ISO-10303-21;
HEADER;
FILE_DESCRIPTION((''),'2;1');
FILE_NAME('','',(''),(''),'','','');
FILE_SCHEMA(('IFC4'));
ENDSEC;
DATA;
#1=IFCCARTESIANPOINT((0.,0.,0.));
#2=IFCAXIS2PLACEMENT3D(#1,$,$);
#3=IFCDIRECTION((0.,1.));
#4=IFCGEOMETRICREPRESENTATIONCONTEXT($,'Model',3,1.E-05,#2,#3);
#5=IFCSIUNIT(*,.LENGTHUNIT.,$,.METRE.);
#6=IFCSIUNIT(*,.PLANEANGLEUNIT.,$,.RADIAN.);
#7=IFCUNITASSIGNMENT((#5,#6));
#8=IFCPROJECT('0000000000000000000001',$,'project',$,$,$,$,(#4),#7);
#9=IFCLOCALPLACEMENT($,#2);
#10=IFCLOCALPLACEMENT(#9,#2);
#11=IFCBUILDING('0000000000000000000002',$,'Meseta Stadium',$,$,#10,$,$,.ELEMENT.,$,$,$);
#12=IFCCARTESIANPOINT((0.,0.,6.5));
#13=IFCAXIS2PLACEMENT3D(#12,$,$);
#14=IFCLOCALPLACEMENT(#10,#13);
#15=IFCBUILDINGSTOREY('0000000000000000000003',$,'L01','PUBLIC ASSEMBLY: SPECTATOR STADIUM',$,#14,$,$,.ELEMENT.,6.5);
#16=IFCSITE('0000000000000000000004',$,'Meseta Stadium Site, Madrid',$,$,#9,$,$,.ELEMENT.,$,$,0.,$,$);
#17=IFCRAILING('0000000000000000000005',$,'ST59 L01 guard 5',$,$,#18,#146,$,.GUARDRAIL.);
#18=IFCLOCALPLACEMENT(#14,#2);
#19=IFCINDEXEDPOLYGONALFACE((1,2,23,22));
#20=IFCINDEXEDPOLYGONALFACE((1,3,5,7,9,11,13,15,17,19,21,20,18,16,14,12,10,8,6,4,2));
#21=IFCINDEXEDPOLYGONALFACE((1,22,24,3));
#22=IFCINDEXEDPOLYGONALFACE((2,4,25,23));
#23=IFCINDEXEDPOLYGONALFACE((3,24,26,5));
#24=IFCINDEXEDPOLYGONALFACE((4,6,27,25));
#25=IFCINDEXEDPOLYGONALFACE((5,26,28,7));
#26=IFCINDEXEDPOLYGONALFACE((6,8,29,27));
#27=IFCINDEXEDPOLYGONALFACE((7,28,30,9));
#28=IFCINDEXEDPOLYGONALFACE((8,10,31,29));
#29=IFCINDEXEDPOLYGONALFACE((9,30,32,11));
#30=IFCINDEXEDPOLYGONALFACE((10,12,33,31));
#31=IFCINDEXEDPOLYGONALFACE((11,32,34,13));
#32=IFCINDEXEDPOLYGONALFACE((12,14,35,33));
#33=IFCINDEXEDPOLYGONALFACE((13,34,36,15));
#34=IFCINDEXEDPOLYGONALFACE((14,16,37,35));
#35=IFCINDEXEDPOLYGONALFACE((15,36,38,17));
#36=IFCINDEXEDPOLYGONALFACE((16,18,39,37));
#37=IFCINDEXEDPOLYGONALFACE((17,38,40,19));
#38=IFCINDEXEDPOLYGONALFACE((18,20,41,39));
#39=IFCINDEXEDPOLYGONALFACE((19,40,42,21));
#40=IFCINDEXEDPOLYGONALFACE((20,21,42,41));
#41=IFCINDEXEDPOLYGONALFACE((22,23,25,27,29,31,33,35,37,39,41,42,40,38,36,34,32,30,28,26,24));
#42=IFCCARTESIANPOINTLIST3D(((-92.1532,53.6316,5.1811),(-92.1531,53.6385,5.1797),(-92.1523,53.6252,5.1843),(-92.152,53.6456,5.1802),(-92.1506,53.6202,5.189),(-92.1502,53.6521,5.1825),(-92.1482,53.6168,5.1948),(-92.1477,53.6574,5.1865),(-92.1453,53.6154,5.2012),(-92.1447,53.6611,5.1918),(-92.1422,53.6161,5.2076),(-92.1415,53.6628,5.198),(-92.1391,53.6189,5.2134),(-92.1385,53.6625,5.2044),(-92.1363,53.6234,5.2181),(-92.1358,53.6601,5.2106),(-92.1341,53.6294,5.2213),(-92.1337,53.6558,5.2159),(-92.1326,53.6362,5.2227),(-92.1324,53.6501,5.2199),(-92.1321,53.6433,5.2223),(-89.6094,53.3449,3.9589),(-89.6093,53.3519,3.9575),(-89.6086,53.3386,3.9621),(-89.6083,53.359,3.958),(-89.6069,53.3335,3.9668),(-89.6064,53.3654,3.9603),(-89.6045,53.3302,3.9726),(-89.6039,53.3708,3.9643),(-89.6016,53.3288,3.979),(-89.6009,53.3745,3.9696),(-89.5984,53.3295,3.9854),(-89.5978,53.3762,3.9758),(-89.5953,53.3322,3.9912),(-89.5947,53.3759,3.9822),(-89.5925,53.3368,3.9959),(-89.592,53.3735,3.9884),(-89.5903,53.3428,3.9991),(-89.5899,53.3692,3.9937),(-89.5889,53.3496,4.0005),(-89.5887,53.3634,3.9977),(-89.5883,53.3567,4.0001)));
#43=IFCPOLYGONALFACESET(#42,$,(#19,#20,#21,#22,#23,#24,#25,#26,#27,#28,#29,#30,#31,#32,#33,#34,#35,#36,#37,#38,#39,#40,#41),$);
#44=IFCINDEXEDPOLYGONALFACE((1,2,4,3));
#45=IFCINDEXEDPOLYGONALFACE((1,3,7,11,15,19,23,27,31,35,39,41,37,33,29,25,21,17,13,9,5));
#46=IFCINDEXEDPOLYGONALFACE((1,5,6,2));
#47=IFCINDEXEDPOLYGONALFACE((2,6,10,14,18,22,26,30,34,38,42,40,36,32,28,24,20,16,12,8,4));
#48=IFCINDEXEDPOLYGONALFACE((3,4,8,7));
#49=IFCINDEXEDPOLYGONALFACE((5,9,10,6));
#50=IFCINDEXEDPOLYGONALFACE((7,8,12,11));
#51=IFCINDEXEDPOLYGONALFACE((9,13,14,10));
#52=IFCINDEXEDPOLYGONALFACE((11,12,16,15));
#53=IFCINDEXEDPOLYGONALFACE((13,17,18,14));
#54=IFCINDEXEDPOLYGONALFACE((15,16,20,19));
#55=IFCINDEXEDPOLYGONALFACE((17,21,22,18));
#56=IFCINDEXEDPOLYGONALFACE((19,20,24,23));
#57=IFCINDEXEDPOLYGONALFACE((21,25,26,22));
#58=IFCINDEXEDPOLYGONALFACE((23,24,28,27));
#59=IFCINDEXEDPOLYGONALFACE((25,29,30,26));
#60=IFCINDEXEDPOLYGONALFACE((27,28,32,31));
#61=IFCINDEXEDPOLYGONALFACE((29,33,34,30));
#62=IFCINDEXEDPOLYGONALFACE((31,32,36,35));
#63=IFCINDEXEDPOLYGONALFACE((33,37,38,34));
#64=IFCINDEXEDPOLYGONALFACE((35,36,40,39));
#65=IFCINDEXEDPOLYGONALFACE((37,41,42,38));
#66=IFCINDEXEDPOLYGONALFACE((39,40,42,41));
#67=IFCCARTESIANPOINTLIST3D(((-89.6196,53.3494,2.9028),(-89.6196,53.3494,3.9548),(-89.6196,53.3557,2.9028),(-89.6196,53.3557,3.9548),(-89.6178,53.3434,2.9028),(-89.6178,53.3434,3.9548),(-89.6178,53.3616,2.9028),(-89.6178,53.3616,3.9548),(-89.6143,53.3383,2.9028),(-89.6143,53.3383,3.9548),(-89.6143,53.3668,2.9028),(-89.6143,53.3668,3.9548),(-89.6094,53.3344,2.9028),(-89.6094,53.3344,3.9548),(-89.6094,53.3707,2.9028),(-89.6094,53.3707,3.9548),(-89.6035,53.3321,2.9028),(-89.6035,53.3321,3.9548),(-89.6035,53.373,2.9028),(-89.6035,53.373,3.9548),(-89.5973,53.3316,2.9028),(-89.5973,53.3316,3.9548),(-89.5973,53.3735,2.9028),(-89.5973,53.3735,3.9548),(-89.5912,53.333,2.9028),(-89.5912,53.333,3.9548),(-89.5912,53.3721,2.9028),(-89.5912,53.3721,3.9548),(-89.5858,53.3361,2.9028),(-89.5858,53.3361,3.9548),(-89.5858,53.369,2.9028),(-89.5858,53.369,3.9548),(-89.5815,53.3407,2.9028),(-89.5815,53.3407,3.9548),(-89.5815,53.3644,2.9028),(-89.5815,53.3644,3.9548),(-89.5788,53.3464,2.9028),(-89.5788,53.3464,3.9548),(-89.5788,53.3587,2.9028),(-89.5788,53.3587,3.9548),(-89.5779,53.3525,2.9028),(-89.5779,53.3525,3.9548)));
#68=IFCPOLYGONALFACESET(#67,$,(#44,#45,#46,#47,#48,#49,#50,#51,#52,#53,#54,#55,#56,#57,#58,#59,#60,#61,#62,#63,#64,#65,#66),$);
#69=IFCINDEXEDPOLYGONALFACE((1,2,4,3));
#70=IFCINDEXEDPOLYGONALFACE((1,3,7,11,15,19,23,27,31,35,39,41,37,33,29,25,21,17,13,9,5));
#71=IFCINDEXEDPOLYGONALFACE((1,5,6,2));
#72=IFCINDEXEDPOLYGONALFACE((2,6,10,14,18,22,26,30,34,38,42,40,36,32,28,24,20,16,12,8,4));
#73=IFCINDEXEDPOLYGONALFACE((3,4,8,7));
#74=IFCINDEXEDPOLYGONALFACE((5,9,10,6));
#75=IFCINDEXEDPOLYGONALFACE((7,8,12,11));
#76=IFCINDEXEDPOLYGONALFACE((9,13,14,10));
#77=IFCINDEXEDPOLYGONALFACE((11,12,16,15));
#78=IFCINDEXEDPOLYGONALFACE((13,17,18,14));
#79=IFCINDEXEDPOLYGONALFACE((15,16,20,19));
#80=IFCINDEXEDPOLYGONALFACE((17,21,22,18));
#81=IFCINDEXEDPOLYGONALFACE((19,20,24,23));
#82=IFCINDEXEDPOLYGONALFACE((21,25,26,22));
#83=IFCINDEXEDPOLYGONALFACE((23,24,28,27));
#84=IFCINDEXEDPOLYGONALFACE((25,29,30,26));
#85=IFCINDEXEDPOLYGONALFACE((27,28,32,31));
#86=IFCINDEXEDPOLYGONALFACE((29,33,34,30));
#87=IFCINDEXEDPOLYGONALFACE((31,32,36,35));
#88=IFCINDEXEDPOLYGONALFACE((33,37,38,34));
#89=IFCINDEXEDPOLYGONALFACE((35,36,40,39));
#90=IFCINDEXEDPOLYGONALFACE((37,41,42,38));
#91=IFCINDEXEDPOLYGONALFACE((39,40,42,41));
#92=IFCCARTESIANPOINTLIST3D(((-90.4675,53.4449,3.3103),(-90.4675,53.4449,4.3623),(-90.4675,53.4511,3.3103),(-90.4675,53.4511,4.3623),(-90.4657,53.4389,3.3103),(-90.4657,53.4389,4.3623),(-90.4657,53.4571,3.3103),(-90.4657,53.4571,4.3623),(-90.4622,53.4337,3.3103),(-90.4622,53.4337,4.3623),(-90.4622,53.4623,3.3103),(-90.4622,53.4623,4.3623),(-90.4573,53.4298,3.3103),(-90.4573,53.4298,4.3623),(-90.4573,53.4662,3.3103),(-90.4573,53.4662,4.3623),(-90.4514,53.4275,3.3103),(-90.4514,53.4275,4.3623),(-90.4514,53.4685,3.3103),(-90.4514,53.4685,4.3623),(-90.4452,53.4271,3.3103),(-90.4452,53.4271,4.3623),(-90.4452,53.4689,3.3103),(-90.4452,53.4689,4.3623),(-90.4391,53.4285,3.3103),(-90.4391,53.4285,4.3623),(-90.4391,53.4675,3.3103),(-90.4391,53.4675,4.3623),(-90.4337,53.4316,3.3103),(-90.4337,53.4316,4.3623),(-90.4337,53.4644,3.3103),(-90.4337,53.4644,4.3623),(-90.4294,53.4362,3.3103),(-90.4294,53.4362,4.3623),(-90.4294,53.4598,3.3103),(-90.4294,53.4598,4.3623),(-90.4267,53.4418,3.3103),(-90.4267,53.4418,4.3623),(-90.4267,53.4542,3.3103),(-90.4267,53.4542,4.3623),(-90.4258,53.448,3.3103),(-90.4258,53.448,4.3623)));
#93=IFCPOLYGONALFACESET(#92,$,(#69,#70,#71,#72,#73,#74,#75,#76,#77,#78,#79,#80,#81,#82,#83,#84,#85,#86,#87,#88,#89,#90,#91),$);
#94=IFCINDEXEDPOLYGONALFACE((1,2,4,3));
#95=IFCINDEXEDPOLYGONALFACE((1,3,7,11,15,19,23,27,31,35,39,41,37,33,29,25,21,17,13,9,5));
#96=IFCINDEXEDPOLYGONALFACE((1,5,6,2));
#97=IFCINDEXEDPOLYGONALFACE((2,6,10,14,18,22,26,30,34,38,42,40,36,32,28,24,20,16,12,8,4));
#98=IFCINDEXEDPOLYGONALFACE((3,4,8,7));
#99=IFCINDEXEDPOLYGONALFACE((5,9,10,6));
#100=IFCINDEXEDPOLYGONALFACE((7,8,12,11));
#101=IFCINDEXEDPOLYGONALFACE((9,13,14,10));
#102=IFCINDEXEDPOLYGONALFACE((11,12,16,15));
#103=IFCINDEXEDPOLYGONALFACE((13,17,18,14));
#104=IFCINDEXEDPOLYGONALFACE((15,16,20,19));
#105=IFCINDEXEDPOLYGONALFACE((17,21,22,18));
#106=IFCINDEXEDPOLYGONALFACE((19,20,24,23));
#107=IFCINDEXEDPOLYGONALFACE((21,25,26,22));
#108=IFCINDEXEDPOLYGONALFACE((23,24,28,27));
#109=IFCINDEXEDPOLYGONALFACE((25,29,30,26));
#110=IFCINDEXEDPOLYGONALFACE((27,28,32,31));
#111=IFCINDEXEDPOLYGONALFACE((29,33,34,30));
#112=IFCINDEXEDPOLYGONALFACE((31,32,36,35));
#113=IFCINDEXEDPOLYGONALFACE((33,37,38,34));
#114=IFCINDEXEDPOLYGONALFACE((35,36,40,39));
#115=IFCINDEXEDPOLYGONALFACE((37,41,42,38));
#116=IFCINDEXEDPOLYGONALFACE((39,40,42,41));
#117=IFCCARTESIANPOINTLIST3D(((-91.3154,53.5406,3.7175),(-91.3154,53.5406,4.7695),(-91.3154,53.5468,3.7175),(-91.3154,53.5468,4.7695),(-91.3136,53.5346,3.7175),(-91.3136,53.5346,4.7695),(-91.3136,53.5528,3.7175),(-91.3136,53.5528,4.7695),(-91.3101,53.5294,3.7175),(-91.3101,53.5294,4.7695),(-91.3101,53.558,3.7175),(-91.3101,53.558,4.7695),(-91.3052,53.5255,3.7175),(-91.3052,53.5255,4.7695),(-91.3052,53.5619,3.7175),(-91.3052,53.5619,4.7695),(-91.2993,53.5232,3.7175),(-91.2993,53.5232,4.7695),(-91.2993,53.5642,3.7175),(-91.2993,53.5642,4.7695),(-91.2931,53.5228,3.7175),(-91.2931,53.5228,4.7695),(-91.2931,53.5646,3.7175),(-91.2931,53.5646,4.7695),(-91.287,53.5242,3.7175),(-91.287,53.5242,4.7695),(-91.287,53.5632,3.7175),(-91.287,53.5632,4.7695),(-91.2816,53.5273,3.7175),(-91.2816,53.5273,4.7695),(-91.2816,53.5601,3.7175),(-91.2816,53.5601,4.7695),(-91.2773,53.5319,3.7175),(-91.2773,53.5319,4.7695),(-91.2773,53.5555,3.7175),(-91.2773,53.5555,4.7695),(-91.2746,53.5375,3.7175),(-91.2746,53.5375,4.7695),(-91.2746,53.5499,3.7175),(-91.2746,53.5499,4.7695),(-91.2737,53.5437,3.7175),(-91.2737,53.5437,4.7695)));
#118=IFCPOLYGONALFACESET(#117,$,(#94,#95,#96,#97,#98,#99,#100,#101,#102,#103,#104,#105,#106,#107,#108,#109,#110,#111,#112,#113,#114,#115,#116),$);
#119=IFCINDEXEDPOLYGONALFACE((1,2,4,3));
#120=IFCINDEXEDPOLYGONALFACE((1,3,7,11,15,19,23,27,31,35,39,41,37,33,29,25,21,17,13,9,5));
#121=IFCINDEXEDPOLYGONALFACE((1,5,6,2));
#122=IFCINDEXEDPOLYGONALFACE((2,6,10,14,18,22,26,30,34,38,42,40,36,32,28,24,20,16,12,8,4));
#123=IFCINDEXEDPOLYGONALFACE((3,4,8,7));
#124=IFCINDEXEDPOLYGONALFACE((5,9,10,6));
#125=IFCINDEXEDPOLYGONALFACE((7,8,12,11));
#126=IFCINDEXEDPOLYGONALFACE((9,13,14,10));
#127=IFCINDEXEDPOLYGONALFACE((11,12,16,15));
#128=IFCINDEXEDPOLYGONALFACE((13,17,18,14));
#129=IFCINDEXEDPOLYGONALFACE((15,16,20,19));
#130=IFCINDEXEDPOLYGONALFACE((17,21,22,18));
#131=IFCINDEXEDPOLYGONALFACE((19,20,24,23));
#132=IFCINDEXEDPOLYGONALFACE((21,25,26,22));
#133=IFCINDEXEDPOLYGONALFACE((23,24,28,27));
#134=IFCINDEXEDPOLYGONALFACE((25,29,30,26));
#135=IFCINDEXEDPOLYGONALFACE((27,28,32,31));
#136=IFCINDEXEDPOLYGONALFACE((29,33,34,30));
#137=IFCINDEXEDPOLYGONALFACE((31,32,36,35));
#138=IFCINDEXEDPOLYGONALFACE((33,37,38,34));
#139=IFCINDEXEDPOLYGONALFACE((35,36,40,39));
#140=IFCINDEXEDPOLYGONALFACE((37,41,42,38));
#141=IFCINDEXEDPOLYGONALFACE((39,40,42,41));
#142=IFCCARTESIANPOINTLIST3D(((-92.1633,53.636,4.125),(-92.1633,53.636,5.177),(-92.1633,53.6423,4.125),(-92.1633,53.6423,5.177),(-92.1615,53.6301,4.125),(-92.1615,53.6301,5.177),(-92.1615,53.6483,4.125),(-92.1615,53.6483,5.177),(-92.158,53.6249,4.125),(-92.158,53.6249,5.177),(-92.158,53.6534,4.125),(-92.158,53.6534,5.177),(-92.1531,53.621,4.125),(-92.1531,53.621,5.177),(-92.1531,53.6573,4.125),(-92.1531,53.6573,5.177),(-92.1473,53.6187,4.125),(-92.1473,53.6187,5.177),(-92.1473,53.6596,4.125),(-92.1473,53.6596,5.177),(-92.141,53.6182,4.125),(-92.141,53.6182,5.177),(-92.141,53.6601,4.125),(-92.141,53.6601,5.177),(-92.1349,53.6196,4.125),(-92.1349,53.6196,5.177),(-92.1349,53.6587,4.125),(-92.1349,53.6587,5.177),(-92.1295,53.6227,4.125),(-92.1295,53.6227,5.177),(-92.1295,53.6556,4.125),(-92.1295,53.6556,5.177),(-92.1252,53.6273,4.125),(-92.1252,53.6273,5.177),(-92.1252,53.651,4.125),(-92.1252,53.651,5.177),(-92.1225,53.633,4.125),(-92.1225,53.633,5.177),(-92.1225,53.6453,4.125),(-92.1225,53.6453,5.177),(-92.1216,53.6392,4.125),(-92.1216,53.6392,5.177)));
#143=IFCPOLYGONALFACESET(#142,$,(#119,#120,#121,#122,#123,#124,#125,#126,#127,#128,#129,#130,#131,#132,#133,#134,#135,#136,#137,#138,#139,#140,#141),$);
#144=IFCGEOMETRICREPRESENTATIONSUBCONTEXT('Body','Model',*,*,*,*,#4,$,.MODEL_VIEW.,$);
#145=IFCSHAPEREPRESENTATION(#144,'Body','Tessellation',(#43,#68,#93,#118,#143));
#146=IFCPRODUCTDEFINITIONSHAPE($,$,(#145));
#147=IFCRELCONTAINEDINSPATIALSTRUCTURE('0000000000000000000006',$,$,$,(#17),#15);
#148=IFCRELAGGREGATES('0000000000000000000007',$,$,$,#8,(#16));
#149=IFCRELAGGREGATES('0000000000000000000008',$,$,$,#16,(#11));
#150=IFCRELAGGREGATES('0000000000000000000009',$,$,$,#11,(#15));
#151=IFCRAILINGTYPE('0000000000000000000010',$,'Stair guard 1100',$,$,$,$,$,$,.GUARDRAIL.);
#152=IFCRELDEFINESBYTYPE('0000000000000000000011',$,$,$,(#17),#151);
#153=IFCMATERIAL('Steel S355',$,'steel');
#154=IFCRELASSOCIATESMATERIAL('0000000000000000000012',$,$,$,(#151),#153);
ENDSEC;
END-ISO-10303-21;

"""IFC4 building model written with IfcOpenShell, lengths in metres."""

from ifc_helpers import new_model, si_unit, direction, frame, origin, origin_2d, place, context, subcontext, project, spatial, circle, extrude, material, type_object, element, save


model = new_model("IFC4")

# Units and contexts
model_context = context("Model", 3, precision=1e-05, world=origin(), true_north=direction((0.0, 1.0)))
body_context = subcontext(model_context, "Body", "Model", "MODEL_VIEW")
ifc_project = project(units=[si_unit("LENGTHUNIT", "METRE"), si_unit("PLANEANGLEUNIT", "RADIAN")], contexts=[model_context])

# Site, building, storey
site_placement = place(None, origin())
site = spatial("IfcSite", under=ifc_project, at=site_placement, Name="Meseta Stadium Site, Madrid", CompositionType="ELEMENT", RefElevation=0.0)
building_placement = place(site_placement, origin())
building = spatial("IfcBuilding", under=site, at=building_placement, Name="Meseta Stadium", CompositionType="ELEMENT")
storey_placement = place(building_placement, frame((0.0, 0.0, 6.5)))
storey = spatial("IfcBuildingStorey", under=building, at=storey_placement, Name="L01", Description="PUBLIC ASSEMBLY: SPECTATOR STADIUM", CompositionType="ELEMENT", Elevation=6.5)

# Railing
ifc_material_1 = material(Name="Steel S355", Category="steel")
railing_type_1 = type_object("IfcRailingType", Name="Stair guard 1100", PredefinedType="GUARDRAIL", material=ifc_material_1)
railing_1_placement = place(storey_placement, frame((-89.5989, 53.3525, 2.9028)))
element("IfcRailing", 1, at=railing_1_placement, inside=storey, type_object=railing_type_1, Name="ST59 L01 guard 5", PredefinedType="GUARDRAIL", context=body_context, shape_type="SweptSolid", body=[
    extrude(circle(Radius=0.0239, at=origin_2d()), frame((0.0, 0.0, 1.0762), z_axis=(-0.896745, 0.101044, 0.430858), x_axis=(-0.11197, -0.993712, 0.0)), (0.0, 0.0, 1.0), 2.8367),
    extrude(circle(Radius=0.021, at=origin_2d()), origin(), (0.0, 0.0, 1.0), 1.052),
    extrude(circle(Radius=0.021, at=origin_2d()), frame((-0.8479, 0.0955, 0.4075)), (0.0, 0.0, 1.0), 1.052),
    extrude(circle(Radius=0.021, at=origin_2d()), frame((-1.6958, 0.1912, 0.8147)), (0.0, 0.0, 1.0), 1.052),
    extrude(circle(Radius=0.021, at=origin_2d()), frame((-2.5437, 0.2866, 1.2222)), (0.0, 0.0, 1.0), 1.052),
])

save(model, "model.ifc")
